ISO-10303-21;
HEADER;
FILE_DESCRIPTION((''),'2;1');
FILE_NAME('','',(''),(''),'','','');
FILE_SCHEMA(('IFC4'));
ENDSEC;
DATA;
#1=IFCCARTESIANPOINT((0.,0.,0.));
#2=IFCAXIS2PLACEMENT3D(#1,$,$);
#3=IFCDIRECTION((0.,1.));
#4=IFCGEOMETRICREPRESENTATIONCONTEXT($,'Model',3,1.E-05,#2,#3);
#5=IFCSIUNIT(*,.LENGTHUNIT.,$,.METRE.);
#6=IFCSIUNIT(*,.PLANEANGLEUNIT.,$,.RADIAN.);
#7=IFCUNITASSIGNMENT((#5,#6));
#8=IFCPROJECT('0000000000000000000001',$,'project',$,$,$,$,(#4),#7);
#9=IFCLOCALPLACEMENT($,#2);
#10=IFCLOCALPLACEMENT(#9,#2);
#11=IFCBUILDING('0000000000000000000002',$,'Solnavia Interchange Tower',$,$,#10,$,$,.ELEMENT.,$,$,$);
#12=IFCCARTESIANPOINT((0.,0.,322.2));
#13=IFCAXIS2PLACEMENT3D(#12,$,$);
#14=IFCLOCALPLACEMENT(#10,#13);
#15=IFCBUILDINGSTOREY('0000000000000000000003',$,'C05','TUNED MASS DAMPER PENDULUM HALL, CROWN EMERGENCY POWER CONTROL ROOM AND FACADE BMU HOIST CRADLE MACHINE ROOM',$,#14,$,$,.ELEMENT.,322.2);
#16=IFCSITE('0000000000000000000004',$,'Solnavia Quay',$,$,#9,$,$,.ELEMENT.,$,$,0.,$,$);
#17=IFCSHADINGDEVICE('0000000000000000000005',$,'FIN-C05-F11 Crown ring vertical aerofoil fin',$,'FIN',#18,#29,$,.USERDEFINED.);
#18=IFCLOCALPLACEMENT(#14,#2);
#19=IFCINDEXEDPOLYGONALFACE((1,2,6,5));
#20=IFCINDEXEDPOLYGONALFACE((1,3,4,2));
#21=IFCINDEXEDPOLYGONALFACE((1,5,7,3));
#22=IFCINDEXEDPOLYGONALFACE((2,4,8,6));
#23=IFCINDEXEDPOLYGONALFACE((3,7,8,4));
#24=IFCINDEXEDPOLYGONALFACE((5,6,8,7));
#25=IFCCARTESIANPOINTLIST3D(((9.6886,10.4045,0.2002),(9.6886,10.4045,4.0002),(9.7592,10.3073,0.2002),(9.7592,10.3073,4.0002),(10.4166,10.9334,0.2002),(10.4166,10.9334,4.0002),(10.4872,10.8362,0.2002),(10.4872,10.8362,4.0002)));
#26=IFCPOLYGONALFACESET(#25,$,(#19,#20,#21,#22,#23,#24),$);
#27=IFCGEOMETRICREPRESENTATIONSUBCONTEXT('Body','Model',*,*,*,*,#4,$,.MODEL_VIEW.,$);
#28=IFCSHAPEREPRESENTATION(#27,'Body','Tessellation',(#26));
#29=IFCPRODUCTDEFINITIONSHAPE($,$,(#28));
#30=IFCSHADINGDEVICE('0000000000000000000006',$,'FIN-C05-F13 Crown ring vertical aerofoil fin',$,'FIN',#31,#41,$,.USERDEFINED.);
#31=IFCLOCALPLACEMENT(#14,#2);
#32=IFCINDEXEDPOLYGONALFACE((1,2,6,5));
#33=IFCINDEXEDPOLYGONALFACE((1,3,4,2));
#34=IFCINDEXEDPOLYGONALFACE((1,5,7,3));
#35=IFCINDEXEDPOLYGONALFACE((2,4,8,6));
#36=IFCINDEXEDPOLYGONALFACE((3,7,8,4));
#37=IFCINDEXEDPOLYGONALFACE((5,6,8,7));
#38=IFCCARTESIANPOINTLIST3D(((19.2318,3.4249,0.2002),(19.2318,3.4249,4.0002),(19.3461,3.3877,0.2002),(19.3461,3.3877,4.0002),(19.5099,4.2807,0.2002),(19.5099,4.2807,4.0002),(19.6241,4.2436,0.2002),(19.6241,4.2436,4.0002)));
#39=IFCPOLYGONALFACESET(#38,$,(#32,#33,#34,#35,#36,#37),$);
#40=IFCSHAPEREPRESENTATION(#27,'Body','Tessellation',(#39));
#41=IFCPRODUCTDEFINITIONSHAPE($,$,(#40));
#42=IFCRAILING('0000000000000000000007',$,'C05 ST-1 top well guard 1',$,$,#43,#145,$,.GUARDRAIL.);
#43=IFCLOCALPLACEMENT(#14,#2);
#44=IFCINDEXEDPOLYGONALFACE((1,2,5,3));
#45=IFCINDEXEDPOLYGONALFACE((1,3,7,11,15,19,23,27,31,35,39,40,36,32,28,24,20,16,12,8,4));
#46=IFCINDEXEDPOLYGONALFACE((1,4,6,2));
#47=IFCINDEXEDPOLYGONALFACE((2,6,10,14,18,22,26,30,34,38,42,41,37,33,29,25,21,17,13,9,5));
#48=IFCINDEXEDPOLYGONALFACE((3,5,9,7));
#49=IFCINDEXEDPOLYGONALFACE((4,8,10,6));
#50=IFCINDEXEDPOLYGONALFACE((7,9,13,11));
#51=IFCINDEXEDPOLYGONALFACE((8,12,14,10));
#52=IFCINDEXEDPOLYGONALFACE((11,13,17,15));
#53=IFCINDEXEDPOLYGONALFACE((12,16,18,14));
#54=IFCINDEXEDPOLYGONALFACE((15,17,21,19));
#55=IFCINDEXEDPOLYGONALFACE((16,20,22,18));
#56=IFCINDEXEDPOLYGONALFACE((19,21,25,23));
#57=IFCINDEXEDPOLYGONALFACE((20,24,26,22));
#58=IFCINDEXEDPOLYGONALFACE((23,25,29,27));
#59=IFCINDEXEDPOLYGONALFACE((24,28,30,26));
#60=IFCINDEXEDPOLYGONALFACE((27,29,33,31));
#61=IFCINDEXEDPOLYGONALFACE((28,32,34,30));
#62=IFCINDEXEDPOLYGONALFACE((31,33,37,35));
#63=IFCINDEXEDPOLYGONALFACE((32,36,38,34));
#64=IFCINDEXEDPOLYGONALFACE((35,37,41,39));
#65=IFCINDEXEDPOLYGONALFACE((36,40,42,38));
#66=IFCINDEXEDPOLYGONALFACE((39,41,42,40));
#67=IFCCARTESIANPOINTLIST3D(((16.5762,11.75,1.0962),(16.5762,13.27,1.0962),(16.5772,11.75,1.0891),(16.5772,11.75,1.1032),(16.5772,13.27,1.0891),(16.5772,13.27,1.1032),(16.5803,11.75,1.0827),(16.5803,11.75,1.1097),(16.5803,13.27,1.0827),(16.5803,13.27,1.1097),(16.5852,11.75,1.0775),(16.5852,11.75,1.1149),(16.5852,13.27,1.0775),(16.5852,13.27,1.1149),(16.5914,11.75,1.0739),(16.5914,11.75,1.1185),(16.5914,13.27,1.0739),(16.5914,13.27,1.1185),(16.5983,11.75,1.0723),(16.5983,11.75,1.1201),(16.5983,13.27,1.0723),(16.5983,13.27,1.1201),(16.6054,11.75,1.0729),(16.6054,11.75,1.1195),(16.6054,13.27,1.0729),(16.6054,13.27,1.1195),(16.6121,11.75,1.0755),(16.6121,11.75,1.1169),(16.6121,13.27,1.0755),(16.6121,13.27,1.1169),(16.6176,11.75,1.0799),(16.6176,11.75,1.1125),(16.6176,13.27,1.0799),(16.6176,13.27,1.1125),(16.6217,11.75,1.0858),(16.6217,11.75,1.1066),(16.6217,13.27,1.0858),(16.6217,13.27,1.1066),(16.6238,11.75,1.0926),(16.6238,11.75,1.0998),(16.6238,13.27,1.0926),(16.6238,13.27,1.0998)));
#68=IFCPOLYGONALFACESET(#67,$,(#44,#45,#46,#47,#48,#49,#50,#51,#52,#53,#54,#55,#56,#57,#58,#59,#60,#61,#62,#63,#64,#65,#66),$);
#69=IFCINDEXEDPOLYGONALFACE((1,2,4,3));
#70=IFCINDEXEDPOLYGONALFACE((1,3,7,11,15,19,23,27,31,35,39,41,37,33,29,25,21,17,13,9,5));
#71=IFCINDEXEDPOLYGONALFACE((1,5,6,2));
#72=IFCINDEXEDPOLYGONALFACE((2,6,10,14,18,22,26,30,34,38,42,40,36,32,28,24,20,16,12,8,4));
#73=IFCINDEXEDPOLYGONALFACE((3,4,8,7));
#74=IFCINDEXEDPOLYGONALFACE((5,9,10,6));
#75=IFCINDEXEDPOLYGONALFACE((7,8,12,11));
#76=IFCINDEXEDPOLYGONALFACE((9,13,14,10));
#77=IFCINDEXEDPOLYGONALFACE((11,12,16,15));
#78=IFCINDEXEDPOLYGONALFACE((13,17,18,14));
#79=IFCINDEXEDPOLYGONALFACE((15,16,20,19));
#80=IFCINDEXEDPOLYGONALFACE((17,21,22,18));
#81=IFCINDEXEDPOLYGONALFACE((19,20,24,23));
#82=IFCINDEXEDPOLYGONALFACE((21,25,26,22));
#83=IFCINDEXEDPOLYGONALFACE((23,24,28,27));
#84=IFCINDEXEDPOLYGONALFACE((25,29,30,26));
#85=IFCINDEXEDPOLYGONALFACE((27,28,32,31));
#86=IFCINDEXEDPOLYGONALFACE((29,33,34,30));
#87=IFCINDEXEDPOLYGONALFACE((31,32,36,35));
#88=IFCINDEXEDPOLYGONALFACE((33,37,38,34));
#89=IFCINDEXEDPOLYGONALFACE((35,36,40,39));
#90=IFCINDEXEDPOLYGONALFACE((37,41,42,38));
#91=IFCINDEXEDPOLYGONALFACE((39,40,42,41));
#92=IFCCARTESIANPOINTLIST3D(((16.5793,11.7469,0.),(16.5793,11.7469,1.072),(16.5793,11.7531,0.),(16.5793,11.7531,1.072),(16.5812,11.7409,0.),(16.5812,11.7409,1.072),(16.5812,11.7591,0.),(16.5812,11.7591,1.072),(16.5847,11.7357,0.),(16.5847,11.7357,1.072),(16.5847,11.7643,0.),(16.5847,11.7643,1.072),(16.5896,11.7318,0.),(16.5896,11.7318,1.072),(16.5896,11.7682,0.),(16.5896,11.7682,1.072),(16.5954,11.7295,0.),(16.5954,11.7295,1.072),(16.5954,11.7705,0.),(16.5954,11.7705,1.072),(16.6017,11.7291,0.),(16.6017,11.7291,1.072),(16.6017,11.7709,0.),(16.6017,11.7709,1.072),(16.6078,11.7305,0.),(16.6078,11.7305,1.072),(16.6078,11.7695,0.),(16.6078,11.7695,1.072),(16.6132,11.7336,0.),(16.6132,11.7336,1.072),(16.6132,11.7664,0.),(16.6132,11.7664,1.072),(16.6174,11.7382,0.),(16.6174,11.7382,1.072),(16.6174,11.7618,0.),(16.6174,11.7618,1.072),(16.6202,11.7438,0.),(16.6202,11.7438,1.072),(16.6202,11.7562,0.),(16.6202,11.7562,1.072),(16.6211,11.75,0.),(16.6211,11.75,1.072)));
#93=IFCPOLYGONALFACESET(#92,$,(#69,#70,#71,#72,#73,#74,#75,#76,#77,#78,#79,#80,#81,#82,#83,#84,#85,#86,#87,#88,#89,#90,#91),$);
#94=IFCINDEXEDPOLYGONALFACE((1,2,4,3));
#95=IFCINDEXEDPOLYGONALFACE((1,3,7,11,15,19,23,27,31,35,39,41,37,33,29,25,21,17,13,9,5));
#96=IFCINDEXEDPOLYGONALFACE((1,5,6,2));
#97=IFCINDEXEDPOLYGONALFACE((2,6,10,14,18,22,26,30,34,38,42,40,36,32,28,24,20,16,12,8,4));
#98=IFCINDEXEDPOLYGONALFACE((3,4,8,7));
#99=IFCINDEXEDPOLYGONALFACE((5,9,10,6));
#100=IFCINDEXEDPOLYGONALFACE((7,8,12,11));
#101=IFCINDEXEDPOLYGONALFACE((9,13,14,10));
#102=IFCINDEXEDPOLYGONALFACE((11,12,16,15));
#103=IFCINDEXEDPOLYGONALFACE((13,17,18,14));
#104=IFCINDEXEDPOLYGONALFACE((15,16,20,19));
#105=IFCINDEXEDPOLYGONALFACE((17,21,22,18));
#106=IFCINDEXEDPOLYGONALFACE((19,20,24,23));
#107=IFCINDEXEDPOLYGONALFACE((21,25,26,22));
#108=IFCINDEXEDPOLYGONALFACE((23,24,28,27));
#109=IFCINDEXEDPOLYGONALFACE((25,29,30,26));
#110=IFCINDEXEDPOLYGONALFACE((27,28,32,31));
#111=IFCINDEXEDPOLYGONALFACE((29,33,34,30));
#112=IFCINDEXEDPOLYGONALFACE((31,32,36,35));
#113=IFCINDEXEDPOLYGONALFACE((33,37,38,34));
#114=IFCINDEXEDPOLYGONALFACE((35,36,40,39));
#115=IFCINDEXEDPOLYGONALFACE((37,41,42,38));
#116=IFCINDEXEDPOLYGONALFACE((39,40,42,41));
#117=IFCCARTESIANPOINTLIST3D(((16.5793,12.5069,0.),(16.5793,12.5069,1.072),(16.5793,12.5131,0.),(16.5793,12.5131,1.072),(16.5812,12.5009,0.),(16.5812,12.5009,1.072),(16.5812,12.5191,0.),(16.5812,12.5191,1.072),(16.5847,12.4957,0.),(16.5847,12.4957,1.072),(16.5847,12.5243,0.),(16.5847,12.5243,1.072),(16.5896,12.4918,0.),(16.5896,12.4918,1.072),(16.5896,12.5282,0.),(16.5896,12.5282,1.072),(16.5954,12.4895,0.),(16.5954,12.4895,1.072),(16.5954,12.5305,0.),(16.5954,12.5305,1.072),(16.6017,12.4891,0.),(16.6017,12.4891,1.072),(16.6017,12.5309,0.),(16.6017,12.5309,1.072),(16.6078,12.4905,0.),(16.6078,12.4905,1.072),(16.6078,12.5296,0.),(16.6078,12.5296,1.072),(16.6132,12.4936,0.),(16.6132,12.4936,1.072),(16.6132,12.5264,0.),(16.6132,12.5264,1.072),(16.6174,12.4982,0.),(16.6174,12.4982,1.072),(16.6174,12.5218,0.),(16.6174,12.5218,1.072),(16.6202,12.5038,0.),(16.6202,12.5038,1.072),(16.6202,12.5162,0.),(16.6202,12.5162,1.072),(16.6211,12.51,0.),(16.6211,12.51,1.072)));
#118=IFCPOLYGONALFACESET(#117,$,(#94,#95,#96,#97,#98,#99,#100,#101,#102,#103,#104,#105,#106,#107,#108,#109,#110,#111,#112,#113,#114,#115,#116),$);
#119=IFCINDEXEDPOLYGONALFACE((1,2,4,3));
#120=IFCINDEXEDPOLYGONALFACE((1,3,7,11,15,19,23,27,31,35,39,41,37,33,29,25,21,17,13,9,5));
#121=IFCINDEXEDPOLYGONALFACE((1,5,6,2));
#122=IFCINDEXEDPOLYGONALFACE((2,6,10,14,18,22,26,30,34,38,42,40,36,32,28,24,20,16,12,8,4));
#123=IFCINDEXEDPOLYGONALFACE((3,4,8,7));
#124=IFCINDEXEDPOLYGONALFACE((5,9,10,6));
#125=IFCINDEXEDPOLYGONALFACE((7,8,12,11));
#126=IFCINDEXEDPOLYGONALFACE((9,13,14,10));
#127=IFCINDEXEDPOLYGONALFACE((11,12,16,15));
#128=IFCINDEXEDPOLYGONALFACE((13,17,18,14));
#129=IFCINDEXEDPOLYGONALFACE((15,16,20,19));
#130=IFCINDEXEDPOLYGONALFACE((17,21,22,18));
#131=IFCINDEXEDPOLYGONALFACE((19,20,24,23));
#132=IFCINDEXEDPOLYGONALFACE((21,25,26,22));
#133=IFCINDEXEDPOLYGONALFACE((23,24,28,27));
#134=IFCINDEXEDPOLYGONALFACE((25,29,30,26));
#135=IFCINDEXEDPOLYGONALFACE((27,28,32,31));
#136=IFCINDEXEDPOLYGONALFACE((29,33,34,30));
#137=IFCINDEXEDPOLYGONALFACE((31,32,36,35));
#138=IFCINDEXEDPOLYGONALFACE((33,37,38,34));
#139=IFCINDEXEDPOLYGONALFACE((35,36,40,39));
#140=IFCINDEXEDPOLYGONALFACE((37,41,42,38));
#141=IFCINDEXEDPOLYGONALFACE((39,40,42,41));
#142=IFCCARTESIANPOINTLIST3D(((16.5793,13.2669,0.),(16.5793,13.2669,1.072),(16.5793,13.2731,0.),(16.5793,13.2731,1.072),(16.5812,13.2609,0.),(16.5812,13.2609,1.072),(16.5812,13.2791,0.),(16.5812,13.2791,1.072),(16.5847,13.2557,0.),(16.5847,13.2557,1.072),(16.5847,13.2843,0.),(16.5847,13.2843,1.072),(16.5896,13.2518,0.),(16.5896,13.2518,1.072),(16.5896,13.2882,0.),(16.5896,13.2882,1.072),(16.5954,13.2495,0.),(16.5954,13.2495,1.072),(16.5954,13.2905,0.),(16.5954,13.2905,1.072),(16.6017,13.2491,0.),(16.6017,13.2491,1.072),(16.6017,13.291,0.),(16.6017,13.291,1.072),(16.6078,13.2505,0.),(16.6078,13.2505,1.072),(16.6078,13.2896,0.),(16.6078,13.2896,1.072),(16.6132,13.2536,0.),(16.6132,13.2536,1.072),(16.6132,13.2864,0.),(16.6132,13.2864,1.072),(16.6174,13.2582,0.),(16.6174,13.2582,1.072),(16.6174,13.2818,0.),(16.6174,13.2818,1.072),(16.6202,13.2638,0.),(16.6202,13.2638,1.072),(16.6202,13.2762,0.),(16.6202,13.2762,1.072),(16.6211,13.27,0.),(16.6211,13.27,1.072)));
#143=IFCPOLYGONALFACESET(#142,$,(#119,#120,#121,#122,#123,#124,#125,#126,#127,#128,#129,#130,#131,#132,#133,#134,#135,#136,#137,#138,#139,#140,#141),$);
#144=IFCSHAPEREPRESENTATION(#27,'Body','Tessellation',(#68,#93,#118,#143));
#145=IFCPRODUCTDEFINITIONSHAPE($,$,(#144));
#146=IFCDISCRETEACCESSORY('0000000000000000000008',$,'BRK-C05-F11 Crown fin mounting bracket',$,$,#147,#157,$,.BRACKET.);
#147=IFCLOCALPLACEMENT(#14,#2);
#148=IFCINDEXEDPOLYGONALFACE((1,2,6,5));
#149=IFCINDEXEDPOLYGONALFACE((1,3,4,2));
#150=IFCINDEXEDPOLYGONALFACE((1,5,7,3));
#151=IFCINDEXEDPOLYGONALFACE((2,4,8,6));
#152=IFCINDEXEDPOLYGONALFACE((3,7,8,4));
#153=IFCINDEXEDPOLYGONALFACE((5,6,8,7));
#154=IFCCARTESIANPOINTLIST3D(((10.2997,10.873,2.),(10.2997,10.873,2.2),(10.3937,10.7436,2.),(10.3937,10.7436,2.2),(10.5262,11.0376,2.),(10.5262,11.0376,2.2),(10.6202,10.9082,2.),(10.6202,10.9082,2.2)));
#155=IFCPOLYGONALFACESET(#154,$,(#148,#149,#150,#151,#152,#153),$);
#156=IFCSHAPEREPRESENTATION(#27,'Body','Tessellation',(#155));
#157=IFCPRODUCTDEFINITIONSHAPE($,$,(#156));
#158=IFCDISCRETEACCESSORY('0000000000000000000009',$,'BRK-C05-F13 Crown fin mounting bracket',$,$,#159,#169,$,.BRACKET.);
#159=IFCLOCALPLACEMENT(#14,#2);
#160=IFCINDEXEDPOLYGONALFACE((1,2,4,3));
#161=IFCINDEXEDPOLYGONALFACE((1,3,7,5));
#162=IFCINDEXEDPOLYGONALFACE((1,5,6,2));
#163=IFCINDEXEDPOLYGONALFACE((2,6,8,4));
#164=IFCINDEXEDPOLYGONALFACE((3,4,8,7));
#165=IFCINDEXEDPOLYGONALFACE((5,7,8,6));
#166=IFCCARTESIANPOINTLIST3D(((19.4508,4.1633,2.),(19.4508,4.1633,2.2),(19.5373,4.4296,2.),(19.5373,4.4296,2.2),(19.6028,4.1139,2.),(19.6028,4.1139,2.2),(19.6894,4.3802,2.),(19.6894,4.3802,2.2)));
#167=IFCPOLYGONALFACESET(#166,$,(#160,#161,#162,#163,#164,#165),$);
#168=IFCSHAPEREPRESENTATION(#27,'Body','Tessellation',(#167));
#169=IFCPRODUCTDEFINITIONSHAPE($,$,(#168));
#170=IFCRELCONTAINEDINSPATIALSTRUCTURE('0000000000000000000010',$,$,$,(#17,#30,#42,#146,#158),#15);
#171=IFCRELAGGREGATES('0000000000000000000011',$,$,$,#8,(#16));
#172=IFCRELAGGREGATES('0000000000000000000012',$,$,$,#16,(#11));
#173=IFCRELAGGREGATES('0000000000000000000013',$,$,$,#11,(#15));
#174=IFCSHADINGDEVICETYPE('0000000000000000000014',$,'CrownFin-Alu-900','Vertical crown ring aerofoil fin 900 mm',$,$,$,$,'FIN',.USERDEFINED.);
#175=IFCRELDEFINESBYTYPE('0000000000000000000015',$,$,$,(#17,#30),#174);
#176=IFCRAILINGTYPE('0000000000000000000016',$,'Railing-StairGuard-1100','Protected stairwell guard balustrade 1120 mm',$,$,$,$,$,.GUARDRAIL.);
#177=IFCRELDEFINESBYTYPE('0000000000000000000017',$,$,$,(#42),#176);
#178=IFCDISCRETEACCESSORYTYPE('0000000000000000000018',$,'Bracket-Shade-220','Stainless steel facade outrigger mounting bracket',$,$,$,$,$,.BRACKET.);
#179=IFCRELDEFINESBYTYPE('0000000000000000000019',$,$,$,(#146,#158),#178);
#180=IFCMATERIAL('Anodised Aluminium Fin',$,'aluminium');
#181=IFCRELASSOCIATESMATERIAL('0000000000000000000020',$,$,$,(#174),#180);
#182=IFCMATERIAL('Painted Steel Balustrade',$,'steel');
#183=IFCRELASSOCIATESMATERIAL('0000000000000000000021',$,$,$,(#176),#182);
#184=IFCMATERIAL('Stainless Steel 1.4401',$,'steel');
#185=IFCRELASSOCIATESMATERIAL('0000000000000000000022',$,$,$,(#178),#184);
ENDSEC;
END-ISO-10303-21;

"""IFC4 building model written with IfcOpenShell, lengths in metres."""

from ifc_helpers import new_model, si_unit, direction, frame, origin, origin_2d, place, context, subcontext, project, spatial, rectangle, circle, extrude, material, type_object, element, save


model = new_model("IFC4")

# Units and contexts
model_context = context("Model", 3, precision=1e-05, world=origin(), true_north=direction((0.0, 1.0)))
body_context = subcontext(model_context, "Body", "Model", "MODEL_VIEW")
ifc_project = project(units=[si_unit("LENGTHUNIT", "METRE"), si_unit("PLANEANGLEUNIT", "RADIAN")], contexts=[model_context])

# Site, building, storey
site_placement = place(None, origin())
site = spatial("IfcSite", under=ifc_project, at=site_placement, Name="Solnavia Quay", CompositionType="ELEMENT", RefElevation=0.0)
building_placement = place(site_placement, origin())
building = spatial("IfcBuilding", under=site, at=building_placement, Name="Solnavia Interchange Tower", CompositionType="ELEMENT")
storey_placement = place(building_placement, frame((0.0, 0.0, 322.2)))
storey = spatial("IfcBuildingStorey", under=building, at=storey_placement, Name="C05", Description="TUNED MASS DAMPER PENDULUM HALL, CROWN EMERGENCY POWER CONTROL ROOM AND FACADE BMU HOIST CRADLE MACHINE ROOM", CompositionType="ELEMENT", Elevation=322.2)

# Shading devices
ifc_material_1 = material(Name="Anodised Aluminium Fin", Category="aluminium")
shading_device_type = type_object("IfcShadingDeviceType", Name="CrownFin-Alu-900", Description="Vertical crown ring aerofoil fin 900 mm", ElementType="FIN", PredefinedType="USERDEFINED", material=ifc_material_1)
for number, where, z_axis, x_axis, name in (
    (1, (10.0879, 10.6204, 0.2002), (0.0, 0.0, 1.0), (-0.809017, -0.587785, 0.0), "FIN-C05-F11 Crown ring vertical aerofoil fin"),
    (2, (19.428, 3.8342, 0.2002), (0.0, 0.0, 1.0), (-0.309017, -0.951057, 0.0), "FIN-C05-F13 Crown ring vertical aerofoil fin"),
):
    element("IfcShadingDevice", number, at=place(storey_placement, frame(where, z_axis=z_axis, x_axis=x_axis)), inside=storey, type_object=shading_device_type, Name=name, ObjectType="FIN", PredefinedType="USERDEFINED", context=body_context, shape_type="SweptSolid", body=[
        extrude(rectangle(XDim=0.8999, YDim=0.1201, at=origin_2d()), origin(), (0.0, 0.0, 1.0), 3.8),
    ])

# Railing
ifc_material_2 = material(Name="Painted Steel Balustrade", Category="steel")
railing_type = type_object("IfcRailingType", Name="Railing-StairGuard-1100", Description="Protected stairwell guard balustrade 1120 mm", PredefinedType="GUARDRAIL", material=ifc_material_2)
railing_placement = place(storey_placement, frame((16.6001, 11.75, 0.0)))
element("IfcRailing", 3, at=railing_placement, inside=storey, type_object=railing_type, Name="C05 ST-1 top well guard 1", PredefinedType="GUARDRAIL", context=body_context, shape_type="SweptSolid", body=[
    extrude(circle(Radius=0.0239, at=origin_2d()), frame((0.0, 0.0, 1.0962), z_axis=(0.0, 1.0, 0.0), x_axis=(-1.0, 0.0, 0.0)), (0.0, 0.0, 1.0), 1.52),
    extrude(circle(Radius=0.021, at=origin_2d()), origin(), (0.0, 0.0, 1.0), 1.072),
    extrude(circle(Radius=0.021, at=origin_2d()), frame((0.0, 0.76, 0.0)), (0.0, 0.0, 1.0), 1.072),
    extrude(circle(Radius=0.021, at=origin_2d()), frame((0.0, 1.52, 0.0)), (0.0, 0.0, 1.0), 1.072),
])

# Discrete accessories
ifc_material_3 = material(Name="Stainless Steel 1.4401", Category="steel")
discrete_accessory_type = type_object("IfcDiscreteAccessoryType", Name="Bracket-Shade-220", Description="Stainless steel facade outrigger mounting bracket", PredefinedType="BRACKET", material=ifc_material_3)
for number, where, z_axis, x_axis, name in (
    (4, (10.46, 10.8906, 2.0), (0.0, 0.0, 1.0), (-0.809017, -0.587785, 0.0), "BRK-C05-F11 Crown fin mounting bracket"),
    (5, (19.5701, 4.2717, 2.0), (0.0, 0.0, 1.0), (-0.309017, -0.951057, 0.0), "BRK-C05-F13 Crown fin mounting bracket"),
):
    element("IfcDiscreteAccessory", number, at=place(storey_placement, frame(where, z_axis=z_axis, x_axis=x_axis)), inside=storey, type_object=discrete_accessory_type, Name=name, PredefinedType="BRACKET", context=body_context, shape_type="SweptSolid", body=[
        extrude(rectangle(XDim=0.28, YDim=0.1599, at=origin_2d()), origin(), (0.0, 0.0, 1.0), 0.2),
    ])

save(model, "model.ifc")
